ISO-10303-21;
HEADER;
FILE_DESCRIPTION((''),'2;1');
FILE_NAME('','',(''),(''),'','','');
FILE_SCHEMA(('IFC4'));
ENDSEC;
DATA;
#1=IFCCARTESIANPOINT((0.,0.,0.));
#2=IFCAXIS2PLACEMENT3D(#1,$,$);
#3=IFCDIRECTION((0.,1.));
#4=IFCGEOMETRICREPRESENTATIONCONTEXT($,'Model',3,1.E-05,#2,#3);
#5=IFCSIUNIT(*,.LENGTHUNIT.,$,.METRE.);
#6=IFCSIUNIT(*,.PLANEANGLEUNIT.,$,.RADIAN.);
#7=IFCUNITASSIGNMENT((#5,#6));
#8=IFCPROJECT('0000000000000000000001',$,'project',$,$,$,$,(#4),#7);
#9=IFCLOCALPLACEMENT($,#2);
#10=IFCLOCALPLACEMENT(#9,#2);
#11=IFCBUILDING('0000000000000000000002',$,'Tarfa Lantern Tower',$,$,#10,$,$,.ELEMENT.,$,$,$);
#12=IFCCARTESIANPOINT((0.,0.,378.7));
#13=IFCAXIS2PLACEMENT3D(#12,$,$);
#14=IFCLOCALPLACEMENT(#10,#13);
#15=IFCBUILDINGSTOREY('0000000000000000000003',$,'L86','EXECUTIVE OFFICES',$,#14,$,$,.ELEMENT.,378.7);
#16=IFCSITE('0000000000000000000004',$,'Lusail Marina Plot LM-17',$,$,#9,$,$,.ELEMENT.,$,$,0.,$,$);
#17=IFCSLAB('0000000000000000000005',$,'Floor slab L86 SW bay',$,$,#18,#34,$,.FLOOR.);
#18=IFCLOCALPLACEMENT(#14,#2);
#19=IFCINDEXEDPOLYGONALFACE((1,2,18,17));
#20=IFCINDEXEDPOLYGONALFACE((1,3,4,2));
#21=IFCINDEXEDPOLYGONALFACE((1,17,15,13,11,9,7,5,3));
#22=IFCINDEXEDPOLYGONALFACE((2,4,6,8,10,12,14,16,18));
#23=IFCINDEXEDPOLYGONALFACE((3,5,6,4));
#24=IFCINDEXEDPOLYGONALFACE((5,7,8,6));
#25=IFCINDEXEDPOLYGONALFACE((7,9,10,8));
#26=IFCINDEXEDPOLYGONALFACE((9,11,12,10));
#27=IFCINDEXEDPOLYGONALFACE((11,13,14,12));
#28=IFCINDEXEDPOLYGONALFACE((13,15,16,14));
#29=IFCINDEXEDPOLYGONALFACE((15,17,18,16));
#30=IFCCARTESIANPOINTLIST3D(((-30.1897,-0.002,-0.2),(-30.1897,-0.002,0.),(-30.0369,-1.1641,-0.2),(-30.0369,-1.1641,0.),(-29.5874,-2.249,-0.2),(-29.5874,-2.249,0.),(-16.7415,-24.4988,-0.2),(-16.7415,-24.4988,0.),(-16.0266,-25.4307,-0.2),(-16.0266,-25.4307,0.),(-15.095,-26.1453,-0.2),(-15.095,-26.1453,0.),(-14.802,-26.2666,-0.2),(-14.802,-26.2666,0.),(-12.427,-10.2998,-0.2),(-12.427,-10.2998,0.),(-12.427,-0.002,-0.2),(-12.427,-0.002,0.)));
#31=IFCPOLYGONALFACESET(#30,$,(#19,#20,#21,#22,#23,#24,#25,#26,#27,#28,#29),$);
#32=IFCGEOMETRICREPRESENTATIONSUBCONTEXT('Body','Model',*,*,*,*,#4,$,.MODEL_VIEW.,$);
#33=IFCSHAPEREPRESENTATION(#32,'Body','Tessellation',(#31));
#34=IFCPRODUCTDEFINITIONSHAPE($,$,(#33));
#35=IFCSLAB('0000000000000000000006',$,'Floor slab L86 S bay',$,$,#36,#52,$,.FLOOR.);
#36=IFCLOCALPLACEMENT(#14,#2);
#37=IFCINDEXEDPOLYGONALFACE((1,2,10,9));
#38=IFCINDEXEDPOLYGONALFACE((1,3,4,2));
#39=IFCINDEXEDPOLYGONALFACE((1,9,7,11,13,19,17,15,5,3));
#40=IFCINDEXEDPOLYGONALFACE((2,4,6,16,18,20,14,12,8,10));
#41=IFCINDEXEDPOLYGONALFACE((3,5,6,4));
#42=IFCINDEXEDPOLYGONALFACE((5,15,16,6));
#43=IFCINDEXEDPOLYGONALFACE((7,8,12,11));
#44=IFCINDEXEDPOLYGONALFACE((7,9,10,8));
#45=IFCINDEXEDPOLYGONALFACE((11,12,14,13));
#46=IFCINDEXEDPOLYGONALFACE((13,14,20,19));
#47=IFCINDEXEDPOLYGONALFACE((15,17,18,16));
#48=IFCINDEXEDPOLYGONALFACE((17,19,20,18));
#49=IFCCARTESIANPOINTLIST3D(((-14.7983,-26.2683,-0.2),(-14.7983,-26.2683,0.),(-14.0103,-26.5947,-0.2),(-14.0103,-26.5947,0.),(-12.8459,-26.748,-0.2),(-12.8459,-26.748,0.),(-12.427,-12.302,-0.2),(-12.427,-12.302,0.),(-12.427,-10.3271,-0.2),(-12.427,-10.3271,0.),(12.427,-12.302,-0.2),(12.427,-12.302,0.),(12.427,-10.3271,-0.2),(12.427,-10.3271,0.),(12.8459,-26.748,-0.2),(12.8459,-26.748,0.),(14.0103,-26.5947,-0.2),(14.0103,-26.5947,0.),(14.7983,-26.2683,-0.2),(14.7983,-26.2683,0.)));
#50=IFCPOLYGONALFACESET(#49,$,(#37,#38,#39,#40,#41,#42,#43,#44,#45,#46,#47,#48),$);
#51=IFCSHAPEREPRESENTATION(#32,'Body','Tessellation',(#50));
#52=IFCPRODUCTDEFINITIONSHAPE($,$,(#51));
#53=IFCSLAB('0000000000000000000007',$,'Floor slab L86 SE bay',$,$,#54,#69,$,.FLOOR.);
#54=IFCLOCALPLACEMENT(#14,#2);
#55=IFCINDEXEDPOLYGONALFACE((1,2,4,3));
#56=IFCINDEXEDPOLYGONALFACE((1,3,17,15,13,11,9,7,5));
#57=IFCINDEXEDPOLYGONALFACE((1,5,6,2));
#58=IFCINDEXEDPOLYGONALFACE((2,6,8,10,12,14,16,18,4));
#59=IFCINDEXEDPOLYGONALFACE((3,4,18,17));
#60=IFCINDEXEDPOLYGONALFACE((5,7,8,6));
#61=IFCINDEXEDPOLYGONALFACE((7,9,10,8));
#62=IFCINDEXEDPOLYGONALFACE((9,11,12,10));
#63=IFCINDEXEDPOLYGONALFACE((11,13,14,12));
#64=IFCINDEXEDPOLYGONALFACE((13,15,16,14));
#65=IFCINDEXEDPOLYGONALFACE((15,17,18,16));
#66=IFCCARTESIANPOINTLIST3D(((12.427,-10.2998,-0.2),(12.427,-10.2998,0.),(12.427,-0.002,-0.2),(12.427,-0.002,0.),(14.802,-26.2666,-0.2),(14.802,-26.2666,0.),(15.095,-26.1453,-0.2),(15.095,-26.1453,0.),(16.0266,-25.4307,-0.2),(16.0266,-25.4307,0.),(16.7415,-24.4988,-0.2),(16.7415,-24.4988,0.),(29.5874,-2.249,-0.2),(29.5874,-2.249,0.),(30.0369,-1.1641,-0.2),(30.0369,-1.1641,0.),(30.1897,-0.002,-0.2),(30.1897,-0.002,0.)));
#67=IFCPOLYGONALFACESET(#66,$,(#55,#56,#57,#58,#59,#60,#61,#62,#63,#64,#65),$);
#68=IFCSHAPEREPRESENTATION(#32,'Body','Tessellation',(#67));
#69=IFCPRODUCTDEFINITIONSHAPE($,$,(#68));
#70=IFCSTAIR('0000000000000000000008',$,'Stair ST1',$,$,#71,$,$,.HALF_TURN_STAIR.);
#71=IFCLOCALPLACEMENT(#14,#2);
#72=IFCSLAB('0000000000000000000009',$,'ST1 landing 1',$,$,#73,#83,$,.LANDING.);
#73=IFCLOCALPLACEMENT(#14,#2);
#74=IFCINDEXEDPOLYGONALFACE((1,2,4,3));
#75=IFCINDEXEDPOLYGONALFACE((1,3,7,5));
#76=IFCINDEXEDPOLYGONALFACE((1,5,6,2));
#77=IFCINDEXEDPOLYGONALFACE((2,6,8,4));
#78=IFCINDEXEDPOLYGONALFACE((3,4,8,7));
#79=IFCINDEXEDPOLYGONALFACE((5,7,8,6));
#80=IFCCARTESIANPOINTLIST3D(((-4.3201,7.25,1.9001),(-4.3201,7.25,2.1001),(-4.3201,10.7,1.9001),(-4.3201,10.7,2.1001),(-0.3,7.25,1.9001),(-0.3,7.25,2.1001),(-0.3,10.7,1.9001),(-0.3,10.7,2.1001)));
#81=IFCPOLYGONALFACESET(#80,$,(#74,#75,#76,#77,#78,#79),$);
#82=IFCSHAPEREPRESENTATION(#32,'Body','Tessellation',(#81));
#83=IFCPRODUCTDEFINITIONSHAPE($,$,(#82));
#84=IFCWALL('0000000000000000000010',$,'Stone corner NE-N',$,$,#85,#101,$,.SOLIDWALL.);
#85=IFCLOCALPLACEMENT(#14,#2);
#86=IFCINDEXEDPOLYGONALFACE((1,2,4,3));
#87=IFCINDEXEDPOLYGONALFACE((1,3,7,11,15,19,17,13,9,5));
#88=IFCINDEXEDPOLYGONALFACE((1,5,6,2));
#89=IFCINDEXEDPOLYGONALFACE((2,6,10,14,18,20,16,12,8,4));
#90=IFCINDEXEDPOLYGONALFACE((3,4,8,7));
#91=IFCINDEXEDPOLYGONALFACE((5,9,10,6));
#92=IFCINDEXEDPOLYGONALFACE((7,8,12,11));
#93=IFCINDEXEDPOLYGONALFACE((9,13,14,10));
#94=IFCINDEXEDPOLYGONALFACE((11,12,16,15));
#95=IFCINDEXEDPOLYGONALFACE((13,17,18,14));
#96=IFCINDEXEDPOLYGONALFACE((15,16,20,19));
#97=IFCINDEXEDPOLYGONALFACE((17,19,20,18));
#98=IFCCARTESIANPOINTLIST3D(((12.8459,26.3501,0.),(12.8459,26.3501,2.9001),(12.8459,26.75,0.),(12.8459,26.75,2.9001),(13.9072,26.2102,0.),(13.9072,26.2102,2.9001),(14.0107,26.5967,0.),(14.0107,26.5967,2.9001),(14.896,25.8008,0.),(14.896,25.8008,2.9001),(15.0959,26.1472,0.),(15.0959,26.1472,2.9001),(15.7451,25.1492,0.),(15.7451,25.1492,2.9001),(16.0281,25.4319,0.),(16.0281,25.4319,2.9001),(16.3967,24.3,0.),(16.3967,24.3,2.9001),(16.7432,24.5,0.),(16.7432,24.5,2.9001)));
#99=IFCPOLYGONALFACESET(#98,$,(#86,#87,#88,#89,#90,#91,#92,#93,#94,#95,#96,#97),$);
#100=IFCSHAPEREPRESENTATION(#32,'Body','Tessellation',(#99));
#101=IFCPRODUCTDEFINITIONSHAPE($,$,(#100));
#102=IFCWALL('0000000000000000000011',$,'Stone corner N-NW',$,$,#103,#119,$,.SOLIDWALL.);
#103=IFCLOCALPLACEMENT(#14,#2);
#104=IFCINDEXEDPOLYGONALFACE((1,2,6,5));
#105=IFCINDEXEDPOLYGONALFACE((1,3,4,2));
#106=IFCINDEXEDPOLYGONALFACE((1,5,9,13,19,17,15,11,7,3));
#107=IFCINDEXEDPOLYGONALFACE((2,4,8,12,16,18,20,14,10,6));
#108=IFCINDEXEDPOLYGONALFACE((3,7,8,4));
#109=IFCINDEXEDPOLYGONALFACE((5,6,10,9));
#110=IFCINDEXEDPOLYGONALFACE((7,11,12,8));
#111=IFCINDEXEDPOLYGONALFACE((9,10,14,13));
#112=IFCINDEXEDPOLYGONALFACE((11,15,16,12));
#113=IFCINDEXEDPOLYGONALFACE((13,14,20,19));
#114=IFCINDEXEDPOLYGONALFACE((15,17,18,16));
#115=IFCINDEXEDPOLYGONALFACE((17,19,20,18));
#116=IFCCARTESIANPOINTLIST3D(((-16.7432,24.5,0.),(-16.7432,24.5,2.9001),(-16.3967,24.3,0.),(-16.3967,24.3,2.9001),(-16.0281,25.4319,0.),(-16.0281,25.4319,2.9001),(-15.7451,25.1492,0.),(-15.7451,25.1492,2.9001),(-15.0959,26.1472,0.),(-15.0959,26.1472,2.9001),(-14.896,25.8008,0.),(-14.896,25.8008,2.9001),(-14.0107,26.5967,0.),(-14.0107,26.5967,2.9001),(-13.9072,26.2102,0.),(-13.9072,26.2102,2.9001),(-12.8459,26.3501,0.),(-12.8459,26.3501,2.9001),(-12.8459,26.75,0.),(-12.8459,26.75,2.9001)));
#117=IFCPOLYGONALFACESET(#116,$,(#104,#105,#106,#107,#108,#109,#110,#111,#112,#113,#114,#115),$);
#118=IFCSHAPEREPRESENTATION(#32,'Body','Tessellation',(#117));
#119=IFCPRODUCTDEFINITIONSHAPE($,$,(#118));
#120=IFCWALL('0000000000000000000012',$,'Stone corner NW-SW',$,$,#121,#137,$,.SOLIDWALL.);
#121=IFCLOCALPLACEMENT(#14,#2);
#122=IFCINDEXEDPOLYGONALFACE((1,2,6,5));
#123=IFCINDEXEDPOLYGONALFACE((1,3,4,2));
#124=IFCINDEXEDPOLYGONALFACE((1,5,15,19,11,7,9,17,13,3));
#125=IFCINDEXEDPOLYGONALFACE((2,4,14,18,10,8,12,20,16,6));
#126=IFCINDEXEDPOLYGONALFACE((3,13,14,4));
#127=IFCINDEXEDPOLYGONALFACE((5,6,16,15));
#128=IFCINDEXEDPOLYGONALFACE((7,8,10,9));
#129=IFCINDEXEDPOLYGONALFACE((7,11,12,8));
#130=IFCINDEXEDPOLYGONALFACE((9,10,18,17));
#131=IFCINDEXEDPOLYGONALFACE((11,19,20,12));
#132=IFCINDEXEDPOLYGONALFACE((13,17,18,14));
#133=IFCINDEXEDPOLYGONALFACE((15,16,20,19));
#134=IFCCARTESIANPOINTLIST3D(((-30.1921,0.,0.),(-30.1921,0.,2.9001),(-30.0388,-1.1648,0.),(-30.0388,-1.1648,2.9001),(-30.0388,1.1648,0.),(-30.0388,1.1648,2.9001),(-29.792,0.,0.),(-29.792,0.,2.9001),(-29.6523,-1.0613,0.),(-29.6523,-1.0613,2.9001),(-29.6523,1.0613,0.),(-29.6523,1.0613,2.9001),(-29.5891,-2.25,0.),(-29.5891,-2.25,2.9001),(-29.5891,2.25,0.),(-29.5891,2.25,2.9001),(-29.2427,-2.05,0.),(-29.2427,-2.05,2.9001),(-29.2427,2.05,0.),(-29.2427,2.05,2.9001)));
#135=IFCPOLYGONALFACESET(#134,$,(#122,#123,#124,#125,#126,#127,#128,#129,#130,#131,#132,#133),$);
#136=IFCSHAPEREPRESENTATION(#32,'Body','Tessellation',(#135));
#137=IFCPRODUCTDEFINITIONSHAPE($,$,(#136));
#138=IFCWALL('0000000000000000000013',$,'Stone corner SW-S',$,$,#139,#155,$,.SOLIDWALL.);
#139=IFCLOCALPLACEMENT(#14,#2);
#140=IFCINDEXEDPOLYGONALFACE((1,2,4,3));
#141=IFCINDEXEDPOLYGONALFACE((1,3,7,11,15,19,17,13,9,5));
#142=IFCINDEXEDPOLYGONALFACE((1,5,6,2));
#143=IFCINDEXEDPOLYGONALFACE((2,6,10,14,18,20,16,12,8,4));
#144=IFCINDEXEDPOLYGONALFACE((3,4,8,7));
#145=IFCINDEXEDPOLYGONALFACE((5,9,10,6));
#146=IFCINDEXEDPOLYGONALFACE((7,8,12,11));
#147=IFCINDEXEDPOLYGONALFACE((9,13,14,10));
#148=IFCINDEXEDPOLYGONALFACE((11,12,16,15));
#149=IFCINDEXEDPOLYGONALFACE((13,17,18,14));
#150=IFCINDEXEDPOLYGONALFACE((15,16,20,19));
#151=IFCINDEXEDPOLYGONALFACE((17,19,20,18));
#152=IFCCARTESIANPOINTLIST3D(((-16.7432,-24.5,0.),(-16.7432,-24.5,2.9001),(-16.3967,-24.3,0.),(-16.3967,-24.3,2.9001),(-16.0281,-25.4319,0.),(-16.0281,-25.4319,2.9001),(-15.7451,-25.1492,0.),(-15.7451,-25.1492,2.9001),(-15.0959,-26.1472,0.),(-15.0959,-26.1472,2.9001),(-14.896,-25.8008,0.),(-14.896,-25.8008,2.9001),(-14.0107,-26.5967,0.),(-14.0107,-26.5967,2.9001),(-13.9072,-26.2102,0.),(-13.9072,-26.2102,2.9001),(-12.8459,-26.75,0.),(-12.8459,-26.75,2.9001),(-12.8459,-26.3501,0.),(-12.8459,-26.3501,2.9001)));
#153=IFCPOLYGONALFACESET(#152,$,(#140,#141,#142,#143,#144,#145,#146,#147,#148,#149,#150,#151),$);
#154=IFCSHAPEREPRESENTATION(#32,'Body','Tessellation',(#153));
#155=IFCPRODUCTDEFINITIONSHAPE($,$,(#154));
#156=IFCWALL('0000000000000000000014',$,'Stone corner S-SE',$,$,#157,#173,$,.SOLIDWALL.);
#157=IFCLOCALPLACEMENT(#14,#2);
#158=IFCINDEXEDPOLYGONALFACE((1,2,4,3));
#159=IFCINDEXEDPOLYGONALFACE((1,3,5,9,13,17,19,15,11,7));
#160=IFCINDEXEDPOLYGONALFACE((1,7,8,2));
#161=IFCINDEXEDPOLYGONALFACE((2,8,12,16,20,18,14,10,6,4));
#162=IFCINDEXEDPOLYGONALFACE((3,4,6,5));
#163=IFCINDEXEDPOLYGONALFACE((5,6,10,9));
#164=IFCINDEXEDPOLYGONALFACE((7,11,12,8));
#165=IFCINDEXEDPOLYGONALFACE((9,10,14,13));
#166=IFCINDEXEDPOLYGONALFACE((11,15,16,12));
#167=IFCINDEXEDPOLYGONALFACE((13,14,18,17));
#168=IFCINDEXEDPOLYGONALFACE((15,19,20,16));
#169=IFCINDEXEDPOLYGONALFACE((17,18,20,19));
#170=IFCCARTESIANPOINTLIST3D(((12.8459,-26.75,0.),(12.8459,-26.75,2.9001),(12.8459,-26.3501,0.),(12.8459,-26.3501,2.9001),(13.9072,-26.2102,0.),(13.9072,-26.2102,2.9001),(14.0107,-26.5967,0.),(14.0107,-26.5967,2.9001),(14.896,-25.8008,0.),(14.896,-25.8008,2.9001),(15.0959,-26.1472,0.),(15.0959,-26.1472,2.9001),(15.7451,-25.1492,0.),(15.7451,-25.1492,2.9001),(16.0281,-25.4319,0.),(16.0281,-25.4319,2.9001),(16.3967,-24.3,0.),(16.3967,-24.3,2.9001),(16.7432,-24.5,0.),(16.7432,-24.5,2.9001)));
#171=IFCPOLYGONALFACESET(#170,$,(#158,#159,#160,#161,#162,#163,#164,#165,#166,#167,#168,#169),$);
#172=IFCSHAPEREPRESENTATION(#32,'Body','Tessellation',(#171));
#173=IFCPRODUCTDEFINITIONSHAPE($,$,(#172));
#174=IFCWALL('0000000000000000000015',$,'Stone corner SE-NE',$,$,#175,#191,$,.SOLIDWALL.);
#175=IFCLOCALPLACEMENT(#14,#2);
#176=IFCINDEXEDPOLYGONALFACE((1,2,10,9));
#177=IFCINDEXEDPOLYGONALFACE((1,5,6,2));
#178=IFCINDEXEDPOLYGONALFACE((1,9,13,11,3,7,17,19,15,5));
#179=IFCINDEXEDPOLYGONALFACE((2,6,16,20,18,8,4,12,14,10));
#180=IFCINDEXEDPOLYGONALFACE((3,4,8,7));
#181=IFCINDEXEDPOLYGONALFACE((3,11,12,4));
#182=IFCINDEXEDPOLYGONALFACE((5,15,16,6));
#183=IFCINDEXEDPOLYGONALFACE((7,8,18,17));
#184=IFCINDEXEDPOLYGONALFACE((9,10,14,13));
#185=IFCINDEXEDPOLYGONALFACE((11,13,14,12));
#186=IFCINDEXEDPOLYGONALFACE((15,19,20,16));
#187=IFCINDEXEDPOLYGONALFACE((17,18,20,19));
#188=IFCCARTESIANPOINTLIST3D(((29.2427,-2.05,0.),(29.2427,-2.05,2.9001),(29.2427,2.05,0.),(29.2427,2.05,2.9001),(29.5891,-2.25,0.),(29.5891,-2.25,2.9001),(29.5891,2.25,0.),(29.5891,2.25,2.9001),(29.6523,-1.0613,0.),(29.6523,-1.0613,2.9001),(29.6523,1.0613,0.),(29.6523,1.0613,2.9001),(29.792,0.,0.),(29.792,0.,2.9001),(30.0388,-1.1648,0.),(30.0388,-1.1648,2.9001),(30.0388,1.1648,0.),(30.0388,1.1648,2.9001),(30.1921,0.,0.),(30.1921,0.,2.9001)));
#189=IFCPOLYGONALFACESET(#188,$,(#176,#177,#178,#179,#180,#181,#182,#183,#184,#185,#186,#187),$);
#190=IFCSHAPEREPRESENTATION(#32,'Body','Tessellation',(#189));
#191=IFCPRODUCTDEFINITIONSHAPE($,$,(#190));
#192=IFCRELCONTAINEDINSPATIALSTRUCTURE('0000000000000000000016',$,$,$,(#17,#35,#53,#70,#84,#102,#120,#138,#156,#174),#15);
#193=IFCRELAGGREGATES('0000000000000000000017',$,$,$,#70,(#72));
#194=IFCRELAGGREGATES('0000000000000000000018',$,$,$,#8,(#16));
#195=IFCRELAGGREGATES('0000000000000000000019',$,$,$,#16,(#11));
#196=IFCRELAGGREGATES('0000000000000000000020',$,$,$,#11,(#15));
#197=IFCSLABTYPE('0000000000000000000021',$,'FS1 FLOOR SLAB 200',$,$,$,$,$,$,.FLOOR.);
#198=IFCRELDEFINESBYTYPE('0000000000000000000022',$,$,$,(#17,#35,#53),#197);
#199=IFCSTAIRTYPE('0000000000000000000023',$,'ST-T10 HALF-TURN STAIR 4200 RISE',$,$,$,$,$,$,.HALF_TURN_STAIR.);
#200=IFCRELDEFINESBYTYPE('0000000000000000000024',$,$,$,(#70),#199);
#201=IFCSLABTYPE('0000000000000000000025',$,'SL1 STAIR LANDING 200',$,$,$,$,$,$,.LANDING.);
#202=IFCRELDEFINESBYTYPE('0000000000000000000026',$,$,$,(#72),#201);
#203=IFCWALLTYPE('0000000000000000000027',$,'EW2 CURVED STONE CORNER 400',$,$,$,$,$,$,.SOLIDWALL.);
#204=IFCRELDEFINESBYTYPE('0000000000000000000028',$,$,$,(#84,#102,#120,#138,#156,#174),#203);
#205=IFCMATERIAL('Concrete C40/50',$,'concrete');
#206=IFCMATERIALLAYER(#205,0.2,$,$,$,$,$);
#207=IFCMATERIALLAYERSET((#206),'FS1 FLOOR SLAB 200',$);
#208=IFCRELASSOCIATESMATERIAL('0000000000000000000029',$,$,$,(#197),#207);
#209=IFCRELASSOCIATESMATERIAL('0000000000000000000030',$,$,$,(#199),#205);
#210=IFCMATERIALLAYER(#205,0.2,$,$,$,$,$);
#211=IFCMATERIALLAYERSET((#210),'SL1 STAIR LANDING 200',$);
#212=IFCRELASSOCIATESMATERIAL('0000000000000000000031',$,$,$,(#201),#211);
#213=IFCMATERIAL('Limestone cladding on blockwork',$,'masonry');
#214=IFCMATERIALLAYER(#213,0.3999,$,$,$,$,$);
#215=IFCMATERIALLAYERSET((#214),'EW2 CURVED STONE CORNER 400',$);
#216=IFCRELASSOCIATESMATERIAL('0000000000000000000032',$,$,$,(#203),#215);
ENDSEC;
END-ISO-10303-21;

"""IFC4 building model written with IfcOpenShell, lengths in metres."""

from ifc_helpers import new_model, si_unit, direction, frame, origin, place, context, subcontext, project, spatial, polyline, outline, extrude, material, layer, layer_set, type_object, element, aggregate, save


model = new_model("IFC4")

# Units and contexts
model_context = context("Model", 3, precision=1e-05, world=origin(), true_north=direction((0.0, 1.0)))
body_context = subcontext(model_context, "Body", "Model", "MODEL_VIEW")
ifc_project = project(units=[si_unit("LENGTHUNIT", "METRE"), si_unit("PLANEANGLEUNIT", "RADIAN")], contexts=[model_context])

# Site, building, storey
site_placement = place(None, origin())
site = spatial("IfcSite", under=ifc_project, at=site_placement, Name="Lusail Marina Plot LM-17", CompositionType="ELEMENT", RefElevation=0.0)
building_placement = place(site_placement, origin())
building = spatial("IfcBuilding", under=site, at=building_placement, Name="Tarfa Lantern Tower", CompositionType="ELEMENT")
storey_placement = place(building_placement, frame((0.0, 0.0, 378.7)))
storey = spatial("IfcBuildingStorey", under=building, at=storey_placement, Name="L86", Description="EXECUTIVE OFFICES", CompositionType="ELEMENT", Elevation=378.7)

# Slabs
ifc_material_1 = material(Name="Concrete C40/50", Category="concrete")
ifc_layer_1 = layer(ifc_material_1, 0.2)
ifc_layer_set_1 = layer_set([ifc_layer_1], Name="FS1 FLOOR SLAB 200")
slab_type_1 = type_object("IfcSlabType", Name="FS1 FLOOR SLAB 200", PredefinedType="FLOOR", material=ifc_layer_set_1)
slab_1_placement = place(storey_placement, frame((0.0, 0.0, -0.2)))
element("IfcSlab", 1, at=slab_1_placement, inside=storey, type_object=slab_type_1, Name="Floor slab L86 SW bay", PredefinedType="FLOOR", context=body_context, shape_type="SweptSolid", body=[
    extrude(outline(polyline([(-12.427, -10.2998), (-12.427, -0.002), (-30.1897, -0.002), (-30.0369, -1.1641), (-29.5874, -2.249), (-16.7415, -24.4988), (-16.0266, -25.4307), (-15.095, -26.1453), (-14.802, -26.2666), (-12.427, -10.2998)])), origin(), (0.0, 0.0, 1.0), 0.2),
])
slab_2_placement = place(storey_placement, frame((0.0, 0.0, -0.2)))
element("IfcSlab", 2, at=slab_2_placement, inside=storey, type_object=slab_type_1, Name="Floor slab L86 S bay", PredefinedType="FLOOR", context=body_context, shape_type="SweptSolid", body=[
    extrude(outline(polyline([(12.427, -10.3271), (12.427, -12.302), (-12.427, -12.302), (-12.427, -10.3271), (-14.7983, -26.2683), (-14.0103, -26.5947), (-12.8459, -26.748), (12.8459, -26.748), (14.0103, -26.5947), (14.7983, -26.2683), (12.427, -10.3271)])), origin(), (0.0, 0.0, 1.0), 0.2),
])
slab_3_placement = place(storey_placement, frame((0.0, 0.0, -0.2)))
element("IfcSlab", 3, at=slab_3_placement, inside=storey, type_object=slab_type_1, Name="Floor slab L86 SE bay", PredefinedType="FLOOR", context=body_context, shape_type="SweptSolid", body=[
    extrude(outline(polyline([(12.427, -0.002), (12.427, -10.2998), (14.802, -26.2666), (15.095, -26.1453), (16.0266, -25.4307), (16.7415, -24.4988), (29.5874, -2.249), (30.0369, -1.1641), (30.1897, -0.002), (12.427, -0.002)])), origin(), (0.0, 0.0, 1.0), 0.2),
])

# Stair, slab
stair_type = type_object("IfcStairType", Name="ST-T10 HALF-TURN STAIR 4200 RISE", PredefinedType="HALF_TURN_STAIR", material=ifc_material_1)
stair_placement = place(storey_placement, origin())
stair = element("IfcStair", 4, at=stair_placement, inside=storey, type_object=stair_type, Name="Stair ST1", PredefinedType="HALF_TURN_STAIR")
ifc_layer_2 = layer(ifc_material_1, 0.2)
ifc_layer_set_2 = layer_set([ifc_layer_2], Name="SL1 STAIR LANDING 200")
slab_type_2 = type_object("IfcSlabType", Name="SL1 STAIR LANDING 200", PredefinedType="LANDING", material=ifc_layer_set_2)
slab_4_placement = place(storey_placement, frame((0.0, 0.0, 1.9001)))
slab_4 = element("IfcSlab", 5, at=slab_4_placement, type_object=slab_type_2, Name="ST1 landing 1", PredefinedType="LANDING", context=body_context, shape_type="SweptSolid", body=[
    extrude(outline(polyline([(-4.3201, 7.25), (-0.3, 7.25), (-0.3, 10.7), (-4.3201, 10.7), (-4.3201, 7.25)])), origin(), (0.0, 0.0, 1.0), 0.2),
])
aggregate(stair, [slab_4])

# Walls
ifc_material_2 = material(Name="Limestone cladding on blockwork", Category="masonry")
ifc_layer_3 = layer(ifc_material_2, 0.3999)
ifc_layer_set_3 = layer_set([ifc_layer_3], Name="EW2 CURVED STONE CORNER 400")
wall_type_1 = type_object("IfcWallType", Name="EW2 CURVED STONE CORNER 400", PredefinedType="SOLIDWALL", material=ifc_layer_set_3)
wall_1_placement = place(storey_placement, origin())
element("IfcWall", 6, at=wall_1_placement, inside=storey, type_object=wall_type_1, Name="Stone corner NE-N", PredefinedType="SOLIDWALL", context=body_context, shape_type="SweptSolid", body=[
    extrude(outline(polyline([(16.7432, 24.5), (16.0281, 25.4319), (15.0959, 26.1472), (14.0107, 26.5967), (12.8459, 26.75), (12.8459, 26.3501), (13.9072, 26.2102), (14.896, 25.8008), (15.7451, 25.1492), (16.3967, 24.3), (16.7432, 24.5)])), origin(), (0.0, 0.0, 1.0), 2.9001),
])
wall_2_placement = place(storey_placement, origin())
element("IfcWall", 7, at=wall_2_placement, inside=storey, type_object=wall_type_1, Name="Stone corner N-NW", PredefinedType="SOLIDWALL", context=body_context, shape_type="SweptSolid", body=[
    extrude(outline(polyline([(-12.8459, 26.75), (-14.0107, 26.5967), (-15.0959, 26.1472), (-16.0281, 25.4319), (-16.7432, 24.5), (-16.3967, 24.3), (-15.7451, 25.1492), (-14.896, 25.8008), (-13.9072, 26.2102), (-12.8459, 26.3501), (-12.8459, 26.75)])), origin(), (0.0, 0.0, 1.0), 2.9001),
])
wall_3_placement = place(storey_placement, origin())
element("IfcWall", 8, at=wall_3_placement, inside=storey, type_object=wall_type_1, Name="Stone corner NW-SW", PredefinedType="SOLIDWALL", context=body_context, shape_type="SweptSolid", body=[
    extrude(outline(polyline([(-29.5891, 2.25), (-30.0388, 1.1648), (-30.1921, 0.0), (-30.0388, -1.1648), (-29.5891, -2.25), (-29.2427, -2.05), (-29.6523, -1.0613), (-29.792, 0.0), (-29.6523, 1.0613), (-29.2427, 2.05), (-29.5891, 2.25)])), origin(), (0.0, 0.0, 1.0), 2.9001),
])
wall_4_placement = place(storey_placement, origin())
element("IfcWall", 9, at=wall_4_placement, inside=storey, type_object=wall_type_1, Name="Stone corner SW-S", PredefinedType="SOLIDWALL", context=body_context, shape_type="SweptSolid", body=[
    extrude(outline(polyline([(-16.7432, -24.5), (-16.0281, -25.4319), (-15.0959, -26.1472), (-14.0107, -26.5967), (-12.8459, -26.75), (-12.8459, -26.3501), (-13.9072, -26.2102), (-14.896, -25.8008), (-15.7451, -25.1492), (-16.3967, -24.3), (-16.7432, -24.5)])), origin(), (0.0, 0.0, 1.0), 2.9001),
])
wall_5_placement = place(storey_placement, origin())
element("IfcWall", 10, at=wall_5_placement, inside=storey, type_object=wall_type_1, Name="Stone corner S-SE", PredefinedType="SOLIDWALL", context=body_context, shape_type="SweptSolid", body=[
    extrude(outline(polyline([(12.8459, -26.75), (14.0107, -26.5967), (15.0959, -26.1472), (16.0281, -25.4319), (16.7432, -24.5), (16.3967, -24.3), (15.7451, -25.1492), (14.896, -25.8008), (13.9072, -26.2102), (12.8459, -26.3501), (12.8459, -26.75)])), origin(), (0.0, 0.0, 1.0), 2.9001),
])
wall_6_placement = place(storey_placement, origin())
element("IfcWall", 11, at=wall_6_placement, inside=storey, type_object=wall_type_1, Name="Stone corner SE-NE", PredefinedType="SOLIDWALL", context=body_context, shape_type="SweptSolid", body=[
    extrude(outline(polyline([(29.5891, -2.25), (30.0388, -1.1648), (30.1921, 0.0), (30.0388, 1.1648), (29.5891, 2.25), (29.2427, 2.05), (29.6523, 1.0613), (29.792, 0.0), (29.6523, -1.0613), (29.2427, -2.05), (29.5891, -2.25)])), origin(), (0.0, 0.0, 1.0), 2.9001),
])

save(model, "model.ifc")
